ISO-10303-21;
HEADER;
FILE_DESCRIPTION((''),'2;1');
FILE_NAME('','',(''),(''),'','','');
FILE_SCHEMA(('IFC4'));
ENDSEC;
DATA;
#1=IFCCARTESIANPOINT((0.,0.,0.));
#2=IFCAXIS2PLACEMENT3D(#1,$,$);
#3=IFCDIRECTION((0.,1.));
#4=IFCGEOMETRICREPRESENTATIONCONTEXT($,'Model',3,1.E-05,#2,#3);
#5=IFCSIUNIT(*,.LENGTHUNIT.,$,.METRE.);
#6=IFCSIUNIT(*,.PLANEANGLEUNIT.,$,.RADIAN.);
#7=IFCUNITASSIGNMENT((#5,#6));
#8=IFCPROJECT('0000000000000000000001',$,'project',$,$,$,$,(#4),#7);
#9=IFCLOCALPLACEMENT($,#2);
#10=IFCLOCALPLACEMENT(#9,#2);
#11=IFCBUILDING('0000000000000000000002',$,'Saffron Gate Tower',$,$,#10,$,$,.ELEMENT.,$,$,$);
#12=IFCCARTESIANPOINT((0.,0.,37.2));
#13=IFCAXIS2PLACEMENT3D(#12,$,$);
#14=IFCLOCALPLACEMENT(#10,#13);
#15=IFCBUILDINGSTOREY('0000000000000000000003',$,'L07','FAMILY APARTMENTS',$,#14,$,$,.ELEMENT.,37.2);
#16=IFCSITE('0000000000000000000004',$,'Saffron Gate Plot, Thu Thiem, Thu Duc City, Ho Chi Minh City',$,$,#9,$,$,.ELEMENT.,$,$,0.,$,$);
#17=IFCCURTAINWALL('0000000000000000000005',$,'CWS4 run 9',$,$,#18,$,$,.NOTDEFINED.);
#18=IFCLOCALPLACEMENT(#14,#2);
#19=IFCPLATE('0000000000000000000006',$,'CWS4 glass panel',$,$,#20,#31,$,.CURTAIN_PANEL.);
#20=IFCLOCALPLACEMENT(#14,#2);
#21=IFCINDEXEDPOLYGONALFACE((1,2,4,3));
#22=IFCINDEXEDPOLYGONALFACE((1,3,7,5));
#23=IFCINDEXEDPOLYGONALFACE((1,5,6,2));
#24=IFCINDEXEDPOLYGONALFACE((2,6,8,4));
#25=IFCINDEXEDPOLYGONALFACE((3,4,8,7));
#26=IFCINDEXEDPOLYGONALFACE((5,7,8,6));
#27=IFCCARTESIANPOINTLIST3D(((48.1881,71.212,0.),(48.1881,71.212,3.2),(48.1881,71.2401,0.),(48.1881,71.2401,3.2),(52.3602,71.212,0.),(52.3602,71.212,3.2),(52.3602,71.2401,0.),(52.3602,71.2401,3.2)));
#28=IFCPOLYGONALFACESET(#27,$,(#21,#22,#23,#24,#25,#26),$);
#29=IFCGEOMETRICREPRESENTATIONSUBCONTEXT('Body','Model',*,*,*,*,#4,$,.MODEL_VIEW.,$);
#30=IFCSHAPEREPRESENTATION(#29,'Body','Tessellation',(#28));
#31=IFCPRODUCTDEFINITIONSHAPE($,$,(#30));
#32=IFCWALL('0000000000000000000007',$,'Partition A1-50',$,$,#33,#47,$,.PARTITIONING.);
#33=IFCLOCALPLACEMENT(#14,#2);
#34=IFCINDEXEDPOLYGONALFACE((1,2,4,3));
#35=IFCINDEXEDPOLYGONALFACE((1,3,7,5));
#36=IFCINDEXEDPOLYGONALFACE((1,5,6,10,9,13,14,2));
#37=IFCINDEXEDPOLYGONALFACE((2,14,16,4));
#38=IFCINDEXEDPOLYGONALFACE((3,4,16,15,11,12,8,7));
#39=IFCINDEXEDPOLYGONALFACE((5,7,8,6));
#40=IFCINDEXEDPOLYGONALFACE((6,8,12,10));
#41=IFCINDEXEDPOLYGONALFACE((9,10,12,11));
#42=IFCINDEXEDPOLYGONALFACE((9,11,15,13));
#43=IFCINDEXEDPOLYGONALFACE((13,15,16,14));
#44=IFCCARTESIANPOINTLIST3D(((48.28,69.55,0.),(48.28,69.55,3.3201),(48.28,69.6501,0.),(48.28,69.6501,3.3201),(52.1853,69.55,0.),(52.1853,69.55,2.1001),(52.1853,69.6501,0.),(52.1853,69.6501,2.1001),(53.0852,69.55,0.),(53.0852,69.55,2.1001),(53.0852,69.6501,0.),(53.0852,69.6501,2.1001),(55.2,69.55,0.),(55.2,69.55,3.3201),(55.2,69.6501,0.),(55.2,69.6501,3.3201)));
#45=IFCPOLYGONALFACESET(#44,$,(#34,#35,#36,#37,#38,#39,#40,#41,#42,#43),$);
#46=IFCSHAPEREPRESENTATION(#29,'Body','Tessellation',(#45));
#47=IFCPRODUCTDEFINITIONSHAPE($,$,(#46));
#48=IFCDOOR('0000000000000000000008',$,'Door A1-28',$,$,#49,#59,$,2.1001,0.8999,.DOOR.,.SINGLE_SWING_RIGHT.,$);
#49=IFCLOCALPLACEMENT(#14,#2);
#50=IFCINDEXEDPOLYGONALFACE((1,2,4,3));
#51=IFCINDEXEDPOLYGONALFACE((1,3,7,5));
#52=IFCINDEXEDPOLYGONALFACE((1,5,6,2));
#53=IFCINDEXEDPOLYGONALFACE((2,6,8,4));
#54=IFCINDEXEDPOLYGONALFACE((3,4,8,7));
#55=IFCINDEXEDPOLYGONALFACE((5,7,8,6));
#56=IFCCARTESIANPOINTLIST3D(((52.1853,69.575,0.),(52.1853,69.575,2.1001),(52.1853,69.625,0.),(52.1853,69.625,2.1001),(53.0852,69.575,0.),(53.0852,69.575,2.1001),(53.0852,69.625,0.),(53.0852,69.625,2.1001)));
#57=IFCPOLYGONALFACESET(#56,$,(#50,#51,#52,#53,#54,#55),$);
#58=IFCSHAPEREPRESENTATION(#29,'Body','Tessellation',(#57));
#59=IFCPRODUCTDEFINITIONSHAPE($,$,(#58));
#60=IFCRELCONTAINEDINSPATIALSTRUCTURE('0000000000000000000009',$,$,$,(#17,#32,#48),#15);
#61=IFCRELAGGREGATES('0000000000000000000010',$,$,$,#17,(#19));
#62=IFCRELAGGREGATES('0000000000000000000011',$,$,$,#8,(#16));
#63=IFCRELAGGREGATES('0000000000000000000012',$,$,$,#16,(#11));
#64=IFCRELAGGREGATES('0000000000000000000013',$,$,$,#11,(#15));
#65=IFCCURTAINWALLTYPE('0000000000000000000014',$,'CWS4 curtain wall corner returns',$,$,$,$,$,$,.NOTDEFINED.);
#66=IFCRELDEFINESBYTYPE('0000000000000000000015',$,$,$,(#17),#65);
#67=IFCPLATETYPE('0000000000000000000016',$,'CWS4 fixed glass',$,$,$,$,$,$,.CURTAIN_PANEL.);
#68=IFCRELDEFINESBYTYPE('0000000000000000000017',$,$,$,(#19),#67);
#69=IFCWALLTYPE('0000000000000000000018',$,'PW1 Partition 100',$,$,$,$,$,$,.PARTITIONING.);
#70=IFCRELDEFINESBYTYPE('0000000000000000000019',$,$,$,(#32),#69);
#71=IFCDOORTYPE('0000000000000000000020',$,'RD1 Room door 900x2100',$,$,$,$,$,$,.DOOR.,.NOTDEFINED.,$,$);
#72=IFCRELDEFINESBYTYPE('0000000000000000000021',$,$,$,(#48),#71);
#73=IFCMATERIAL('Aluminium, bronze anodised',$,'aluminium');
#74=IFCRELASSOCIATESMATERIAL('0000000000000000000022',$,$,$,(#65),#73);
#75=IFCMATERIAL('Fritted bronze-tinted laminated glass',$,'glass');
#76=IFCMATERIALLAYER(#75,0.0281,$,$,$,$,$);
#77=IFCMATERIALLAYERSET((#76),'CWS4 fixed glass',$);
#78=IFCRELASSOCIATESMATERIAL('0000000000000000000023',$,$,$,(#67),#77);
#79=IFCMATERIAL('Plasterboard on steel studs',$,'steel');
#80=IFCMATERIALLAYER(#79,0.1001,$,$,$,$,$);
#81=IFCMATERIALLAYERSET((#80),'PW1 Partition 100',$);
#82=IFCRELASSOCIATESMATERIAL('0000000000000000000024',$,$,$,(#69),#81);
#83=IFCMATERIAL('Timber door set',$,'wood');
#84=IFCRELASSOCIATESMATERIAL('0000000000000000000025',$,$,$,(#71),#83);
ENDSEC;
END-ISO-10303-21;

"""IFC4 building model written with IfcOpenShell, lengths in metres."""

from ifc_helpers import new_model, si_unit, direction, frame, frame_2d, origin, place, context, subcontext, project, spatial, rectangle, extrude, material, layer, layer_set, type_object, element, fill, aggregate, save


model = new_model("IFC4")

# Units and contexts
model_context = context("Model", 3, precision=1e-05, world=origin(), true_north=direction((0.0, 1.0)))
body_context = subcontext(model_context, "Body", "Model", "MODEL_VIEW")
ifc_project = project(units=[si_unit("LENGTHUNIT", "METRE"), si_unit("PLANEANGLEUNIT", "RADIAN")], contexts=[model_context])

# Site, building, storey
site_placement = place(None, origin())
site = spatial("IfcSite", under=ifc_project, at=site_placement, Name="Saffron Gate Plot, Thu Thiem, Thu Duc City, Ho Chi Minh City", CompositionType="ELEMENT", RefElevation=0.0)
building_placement = place(site_placement, origin())
building = spatial("IfcBuilding", under=site, at=building_placement, Name="Saffron Gate Tower", CompositionType="ELEMENT")
storey_placement = place(building_placement, frame((0.0, 0.0, 37.2)))
storey = spatial("IfcBuildingStorey", under=building, at=storey_placement, Name="L07", Description="FAMILY APARTMENTS", CompositionType="ELEMENT", Elevation=37.2)

# Shared definitions
ifc_material_1 = material(Name="Aluminium, bronze anodised", Category="aluminium")
curtain_wall_type_1 = type_object("IfcCurtainWallType", Name="CWS4 curtain wall corner returns", PredefinedType="NOTDEFINED", material=ifc_material_1)

# Curtain wall
curtain_wall_1_placement = place(storey_placement, origin())
curtain_wall_1 = element("IfcCurtainWall", 1, at=curtain_wall_1_placement, inside=storey, type_object=curtain_wall_type_1, Name="CWS4 run 9", PredefinedType="NOTDEFINED")

# Shared definitions
ifc_material_2 = material(Name="Fritted bronze-tinted laminated glass", Category="glass")

# Plate
ifc_layer_1 = layer(ifc_material_2, 0.0281)
ifc_layer_set_1 = layer_set([ifc_layer_1], Name="CWS4 fixed glass")
plate_type_1 = type_object("IfcPlateType", Name="CWS4 fixed glass", PredefinedType="CURTAIN_PANEL", material=ifc_layer_set_1)
plate_1_placement = place(storey_placement, frame((52.3601, 71.2261, 0.0), z_axis=(0.0, 0.0, 1.0), x_axis=(-1.0, 0.0, 0.0)))
plate_1 = element("IfcPlate", 2, at=plate_1_placement, type_object=plate_type_1, Name="CWS4 glass panel", PredefinedType="CURTAIN_PANEL", context=body_context, shape_type="SweptSolid", body=[
    extrude(rectangle(XDim=4.1721, YDim=0.0281, at=frame_2d((2.0859, 0.0))), origin(), (0.0, 0.0, 1.0), 3.2),
])
aggregate(curtain_wall_1, [plate_1])

# Wall, opening, door
ifc_material_3 = material(Name="Plasterboard on steel studs", Category="steel")
ifc_layer_2 = layer(ifc_material_3, 0.1001)
ifc_layer_set_2 = layer_set([ifc_layer_2], Name="PW1 Partition 100")
wall_type = type_object("IfcWallType", Name="PW1 Partition 100", PredefinedType="PARTITIONING", material=ifc_layer_set_2)
wall_placement = place(storey_placement, frame((48.28, 69.6001, 0.0), z_axis=(0.0, 0.0, 1.0), x_axis=(1.0, 0.0, 0.0)))
wall = element("IfcWall", 3, at=wall_placement, inside=storey, type_object=wall_type, Name="Partition A1-50", PredefinedType="PARTITIONING", context=body_context, shape_type="SweptSolid", body=[
    extrude(rectangle(XDim=6.9199, YDim=0.1001, at=frame_2d((3.46, 0.0))), origin(), (0.0, 0.0, 1.0), 3.3201),
])
opening_1_placement = place(wall_placement, frame((3.9053, 0.0, 0.0)))
opening_1 = element("IfcOpeningElement", 4, at=opening_1_placement, cuts=wall, PredefinedType="OPENING", context=body_context, shape_type="SweptSolid", body=[
    extrude(rectangle(XDim=0.8999, YDim=2.1001, at=frame_2d((0.45, 1.05))), frame((0.0, 0.0601, 0.0), z_axis=(0.0, -1.0, 0.0), x_axis=(1.0, 0.0, 0.0)), (0.0, 0.0, 1.0), 0.1201),
])
ifc_material_4 = material(Name="Timber door set", Category="wood")
door_type = type_object("IfcDoorType", Name="RD1 Room door 900x2100", OperationType="NOTDEFINED", PredefinedType="DOOR", material=ifc_material_4)
door_placement = place(opening_1_placement, origin())
door = element("IfcDoor", 5, at=door_placement, inside=storey, type_object=door_type, Name="Door A1-28", OperationType="SINGLE_SWING_RIGHT", OverallHeight=2.1001, OverallWidth=0.8999, PredefinedType="DOOR", context=body_context, shape_type="SweptSolid", body=[
    extrude(rectangle(XDim=0.8999, YDim=2.1001, at=frame_2d((0.45, 1.05))), frame((0.0, 0.0249, 0.0), z_axis=(0.0, -1.0, 0.0), x_axis=(1.0, 0.0, 0.0)), (0.0, 0.0, 1.0), 0.05),
])
fill(opening_1, door)

save(model, "model.ifc")
